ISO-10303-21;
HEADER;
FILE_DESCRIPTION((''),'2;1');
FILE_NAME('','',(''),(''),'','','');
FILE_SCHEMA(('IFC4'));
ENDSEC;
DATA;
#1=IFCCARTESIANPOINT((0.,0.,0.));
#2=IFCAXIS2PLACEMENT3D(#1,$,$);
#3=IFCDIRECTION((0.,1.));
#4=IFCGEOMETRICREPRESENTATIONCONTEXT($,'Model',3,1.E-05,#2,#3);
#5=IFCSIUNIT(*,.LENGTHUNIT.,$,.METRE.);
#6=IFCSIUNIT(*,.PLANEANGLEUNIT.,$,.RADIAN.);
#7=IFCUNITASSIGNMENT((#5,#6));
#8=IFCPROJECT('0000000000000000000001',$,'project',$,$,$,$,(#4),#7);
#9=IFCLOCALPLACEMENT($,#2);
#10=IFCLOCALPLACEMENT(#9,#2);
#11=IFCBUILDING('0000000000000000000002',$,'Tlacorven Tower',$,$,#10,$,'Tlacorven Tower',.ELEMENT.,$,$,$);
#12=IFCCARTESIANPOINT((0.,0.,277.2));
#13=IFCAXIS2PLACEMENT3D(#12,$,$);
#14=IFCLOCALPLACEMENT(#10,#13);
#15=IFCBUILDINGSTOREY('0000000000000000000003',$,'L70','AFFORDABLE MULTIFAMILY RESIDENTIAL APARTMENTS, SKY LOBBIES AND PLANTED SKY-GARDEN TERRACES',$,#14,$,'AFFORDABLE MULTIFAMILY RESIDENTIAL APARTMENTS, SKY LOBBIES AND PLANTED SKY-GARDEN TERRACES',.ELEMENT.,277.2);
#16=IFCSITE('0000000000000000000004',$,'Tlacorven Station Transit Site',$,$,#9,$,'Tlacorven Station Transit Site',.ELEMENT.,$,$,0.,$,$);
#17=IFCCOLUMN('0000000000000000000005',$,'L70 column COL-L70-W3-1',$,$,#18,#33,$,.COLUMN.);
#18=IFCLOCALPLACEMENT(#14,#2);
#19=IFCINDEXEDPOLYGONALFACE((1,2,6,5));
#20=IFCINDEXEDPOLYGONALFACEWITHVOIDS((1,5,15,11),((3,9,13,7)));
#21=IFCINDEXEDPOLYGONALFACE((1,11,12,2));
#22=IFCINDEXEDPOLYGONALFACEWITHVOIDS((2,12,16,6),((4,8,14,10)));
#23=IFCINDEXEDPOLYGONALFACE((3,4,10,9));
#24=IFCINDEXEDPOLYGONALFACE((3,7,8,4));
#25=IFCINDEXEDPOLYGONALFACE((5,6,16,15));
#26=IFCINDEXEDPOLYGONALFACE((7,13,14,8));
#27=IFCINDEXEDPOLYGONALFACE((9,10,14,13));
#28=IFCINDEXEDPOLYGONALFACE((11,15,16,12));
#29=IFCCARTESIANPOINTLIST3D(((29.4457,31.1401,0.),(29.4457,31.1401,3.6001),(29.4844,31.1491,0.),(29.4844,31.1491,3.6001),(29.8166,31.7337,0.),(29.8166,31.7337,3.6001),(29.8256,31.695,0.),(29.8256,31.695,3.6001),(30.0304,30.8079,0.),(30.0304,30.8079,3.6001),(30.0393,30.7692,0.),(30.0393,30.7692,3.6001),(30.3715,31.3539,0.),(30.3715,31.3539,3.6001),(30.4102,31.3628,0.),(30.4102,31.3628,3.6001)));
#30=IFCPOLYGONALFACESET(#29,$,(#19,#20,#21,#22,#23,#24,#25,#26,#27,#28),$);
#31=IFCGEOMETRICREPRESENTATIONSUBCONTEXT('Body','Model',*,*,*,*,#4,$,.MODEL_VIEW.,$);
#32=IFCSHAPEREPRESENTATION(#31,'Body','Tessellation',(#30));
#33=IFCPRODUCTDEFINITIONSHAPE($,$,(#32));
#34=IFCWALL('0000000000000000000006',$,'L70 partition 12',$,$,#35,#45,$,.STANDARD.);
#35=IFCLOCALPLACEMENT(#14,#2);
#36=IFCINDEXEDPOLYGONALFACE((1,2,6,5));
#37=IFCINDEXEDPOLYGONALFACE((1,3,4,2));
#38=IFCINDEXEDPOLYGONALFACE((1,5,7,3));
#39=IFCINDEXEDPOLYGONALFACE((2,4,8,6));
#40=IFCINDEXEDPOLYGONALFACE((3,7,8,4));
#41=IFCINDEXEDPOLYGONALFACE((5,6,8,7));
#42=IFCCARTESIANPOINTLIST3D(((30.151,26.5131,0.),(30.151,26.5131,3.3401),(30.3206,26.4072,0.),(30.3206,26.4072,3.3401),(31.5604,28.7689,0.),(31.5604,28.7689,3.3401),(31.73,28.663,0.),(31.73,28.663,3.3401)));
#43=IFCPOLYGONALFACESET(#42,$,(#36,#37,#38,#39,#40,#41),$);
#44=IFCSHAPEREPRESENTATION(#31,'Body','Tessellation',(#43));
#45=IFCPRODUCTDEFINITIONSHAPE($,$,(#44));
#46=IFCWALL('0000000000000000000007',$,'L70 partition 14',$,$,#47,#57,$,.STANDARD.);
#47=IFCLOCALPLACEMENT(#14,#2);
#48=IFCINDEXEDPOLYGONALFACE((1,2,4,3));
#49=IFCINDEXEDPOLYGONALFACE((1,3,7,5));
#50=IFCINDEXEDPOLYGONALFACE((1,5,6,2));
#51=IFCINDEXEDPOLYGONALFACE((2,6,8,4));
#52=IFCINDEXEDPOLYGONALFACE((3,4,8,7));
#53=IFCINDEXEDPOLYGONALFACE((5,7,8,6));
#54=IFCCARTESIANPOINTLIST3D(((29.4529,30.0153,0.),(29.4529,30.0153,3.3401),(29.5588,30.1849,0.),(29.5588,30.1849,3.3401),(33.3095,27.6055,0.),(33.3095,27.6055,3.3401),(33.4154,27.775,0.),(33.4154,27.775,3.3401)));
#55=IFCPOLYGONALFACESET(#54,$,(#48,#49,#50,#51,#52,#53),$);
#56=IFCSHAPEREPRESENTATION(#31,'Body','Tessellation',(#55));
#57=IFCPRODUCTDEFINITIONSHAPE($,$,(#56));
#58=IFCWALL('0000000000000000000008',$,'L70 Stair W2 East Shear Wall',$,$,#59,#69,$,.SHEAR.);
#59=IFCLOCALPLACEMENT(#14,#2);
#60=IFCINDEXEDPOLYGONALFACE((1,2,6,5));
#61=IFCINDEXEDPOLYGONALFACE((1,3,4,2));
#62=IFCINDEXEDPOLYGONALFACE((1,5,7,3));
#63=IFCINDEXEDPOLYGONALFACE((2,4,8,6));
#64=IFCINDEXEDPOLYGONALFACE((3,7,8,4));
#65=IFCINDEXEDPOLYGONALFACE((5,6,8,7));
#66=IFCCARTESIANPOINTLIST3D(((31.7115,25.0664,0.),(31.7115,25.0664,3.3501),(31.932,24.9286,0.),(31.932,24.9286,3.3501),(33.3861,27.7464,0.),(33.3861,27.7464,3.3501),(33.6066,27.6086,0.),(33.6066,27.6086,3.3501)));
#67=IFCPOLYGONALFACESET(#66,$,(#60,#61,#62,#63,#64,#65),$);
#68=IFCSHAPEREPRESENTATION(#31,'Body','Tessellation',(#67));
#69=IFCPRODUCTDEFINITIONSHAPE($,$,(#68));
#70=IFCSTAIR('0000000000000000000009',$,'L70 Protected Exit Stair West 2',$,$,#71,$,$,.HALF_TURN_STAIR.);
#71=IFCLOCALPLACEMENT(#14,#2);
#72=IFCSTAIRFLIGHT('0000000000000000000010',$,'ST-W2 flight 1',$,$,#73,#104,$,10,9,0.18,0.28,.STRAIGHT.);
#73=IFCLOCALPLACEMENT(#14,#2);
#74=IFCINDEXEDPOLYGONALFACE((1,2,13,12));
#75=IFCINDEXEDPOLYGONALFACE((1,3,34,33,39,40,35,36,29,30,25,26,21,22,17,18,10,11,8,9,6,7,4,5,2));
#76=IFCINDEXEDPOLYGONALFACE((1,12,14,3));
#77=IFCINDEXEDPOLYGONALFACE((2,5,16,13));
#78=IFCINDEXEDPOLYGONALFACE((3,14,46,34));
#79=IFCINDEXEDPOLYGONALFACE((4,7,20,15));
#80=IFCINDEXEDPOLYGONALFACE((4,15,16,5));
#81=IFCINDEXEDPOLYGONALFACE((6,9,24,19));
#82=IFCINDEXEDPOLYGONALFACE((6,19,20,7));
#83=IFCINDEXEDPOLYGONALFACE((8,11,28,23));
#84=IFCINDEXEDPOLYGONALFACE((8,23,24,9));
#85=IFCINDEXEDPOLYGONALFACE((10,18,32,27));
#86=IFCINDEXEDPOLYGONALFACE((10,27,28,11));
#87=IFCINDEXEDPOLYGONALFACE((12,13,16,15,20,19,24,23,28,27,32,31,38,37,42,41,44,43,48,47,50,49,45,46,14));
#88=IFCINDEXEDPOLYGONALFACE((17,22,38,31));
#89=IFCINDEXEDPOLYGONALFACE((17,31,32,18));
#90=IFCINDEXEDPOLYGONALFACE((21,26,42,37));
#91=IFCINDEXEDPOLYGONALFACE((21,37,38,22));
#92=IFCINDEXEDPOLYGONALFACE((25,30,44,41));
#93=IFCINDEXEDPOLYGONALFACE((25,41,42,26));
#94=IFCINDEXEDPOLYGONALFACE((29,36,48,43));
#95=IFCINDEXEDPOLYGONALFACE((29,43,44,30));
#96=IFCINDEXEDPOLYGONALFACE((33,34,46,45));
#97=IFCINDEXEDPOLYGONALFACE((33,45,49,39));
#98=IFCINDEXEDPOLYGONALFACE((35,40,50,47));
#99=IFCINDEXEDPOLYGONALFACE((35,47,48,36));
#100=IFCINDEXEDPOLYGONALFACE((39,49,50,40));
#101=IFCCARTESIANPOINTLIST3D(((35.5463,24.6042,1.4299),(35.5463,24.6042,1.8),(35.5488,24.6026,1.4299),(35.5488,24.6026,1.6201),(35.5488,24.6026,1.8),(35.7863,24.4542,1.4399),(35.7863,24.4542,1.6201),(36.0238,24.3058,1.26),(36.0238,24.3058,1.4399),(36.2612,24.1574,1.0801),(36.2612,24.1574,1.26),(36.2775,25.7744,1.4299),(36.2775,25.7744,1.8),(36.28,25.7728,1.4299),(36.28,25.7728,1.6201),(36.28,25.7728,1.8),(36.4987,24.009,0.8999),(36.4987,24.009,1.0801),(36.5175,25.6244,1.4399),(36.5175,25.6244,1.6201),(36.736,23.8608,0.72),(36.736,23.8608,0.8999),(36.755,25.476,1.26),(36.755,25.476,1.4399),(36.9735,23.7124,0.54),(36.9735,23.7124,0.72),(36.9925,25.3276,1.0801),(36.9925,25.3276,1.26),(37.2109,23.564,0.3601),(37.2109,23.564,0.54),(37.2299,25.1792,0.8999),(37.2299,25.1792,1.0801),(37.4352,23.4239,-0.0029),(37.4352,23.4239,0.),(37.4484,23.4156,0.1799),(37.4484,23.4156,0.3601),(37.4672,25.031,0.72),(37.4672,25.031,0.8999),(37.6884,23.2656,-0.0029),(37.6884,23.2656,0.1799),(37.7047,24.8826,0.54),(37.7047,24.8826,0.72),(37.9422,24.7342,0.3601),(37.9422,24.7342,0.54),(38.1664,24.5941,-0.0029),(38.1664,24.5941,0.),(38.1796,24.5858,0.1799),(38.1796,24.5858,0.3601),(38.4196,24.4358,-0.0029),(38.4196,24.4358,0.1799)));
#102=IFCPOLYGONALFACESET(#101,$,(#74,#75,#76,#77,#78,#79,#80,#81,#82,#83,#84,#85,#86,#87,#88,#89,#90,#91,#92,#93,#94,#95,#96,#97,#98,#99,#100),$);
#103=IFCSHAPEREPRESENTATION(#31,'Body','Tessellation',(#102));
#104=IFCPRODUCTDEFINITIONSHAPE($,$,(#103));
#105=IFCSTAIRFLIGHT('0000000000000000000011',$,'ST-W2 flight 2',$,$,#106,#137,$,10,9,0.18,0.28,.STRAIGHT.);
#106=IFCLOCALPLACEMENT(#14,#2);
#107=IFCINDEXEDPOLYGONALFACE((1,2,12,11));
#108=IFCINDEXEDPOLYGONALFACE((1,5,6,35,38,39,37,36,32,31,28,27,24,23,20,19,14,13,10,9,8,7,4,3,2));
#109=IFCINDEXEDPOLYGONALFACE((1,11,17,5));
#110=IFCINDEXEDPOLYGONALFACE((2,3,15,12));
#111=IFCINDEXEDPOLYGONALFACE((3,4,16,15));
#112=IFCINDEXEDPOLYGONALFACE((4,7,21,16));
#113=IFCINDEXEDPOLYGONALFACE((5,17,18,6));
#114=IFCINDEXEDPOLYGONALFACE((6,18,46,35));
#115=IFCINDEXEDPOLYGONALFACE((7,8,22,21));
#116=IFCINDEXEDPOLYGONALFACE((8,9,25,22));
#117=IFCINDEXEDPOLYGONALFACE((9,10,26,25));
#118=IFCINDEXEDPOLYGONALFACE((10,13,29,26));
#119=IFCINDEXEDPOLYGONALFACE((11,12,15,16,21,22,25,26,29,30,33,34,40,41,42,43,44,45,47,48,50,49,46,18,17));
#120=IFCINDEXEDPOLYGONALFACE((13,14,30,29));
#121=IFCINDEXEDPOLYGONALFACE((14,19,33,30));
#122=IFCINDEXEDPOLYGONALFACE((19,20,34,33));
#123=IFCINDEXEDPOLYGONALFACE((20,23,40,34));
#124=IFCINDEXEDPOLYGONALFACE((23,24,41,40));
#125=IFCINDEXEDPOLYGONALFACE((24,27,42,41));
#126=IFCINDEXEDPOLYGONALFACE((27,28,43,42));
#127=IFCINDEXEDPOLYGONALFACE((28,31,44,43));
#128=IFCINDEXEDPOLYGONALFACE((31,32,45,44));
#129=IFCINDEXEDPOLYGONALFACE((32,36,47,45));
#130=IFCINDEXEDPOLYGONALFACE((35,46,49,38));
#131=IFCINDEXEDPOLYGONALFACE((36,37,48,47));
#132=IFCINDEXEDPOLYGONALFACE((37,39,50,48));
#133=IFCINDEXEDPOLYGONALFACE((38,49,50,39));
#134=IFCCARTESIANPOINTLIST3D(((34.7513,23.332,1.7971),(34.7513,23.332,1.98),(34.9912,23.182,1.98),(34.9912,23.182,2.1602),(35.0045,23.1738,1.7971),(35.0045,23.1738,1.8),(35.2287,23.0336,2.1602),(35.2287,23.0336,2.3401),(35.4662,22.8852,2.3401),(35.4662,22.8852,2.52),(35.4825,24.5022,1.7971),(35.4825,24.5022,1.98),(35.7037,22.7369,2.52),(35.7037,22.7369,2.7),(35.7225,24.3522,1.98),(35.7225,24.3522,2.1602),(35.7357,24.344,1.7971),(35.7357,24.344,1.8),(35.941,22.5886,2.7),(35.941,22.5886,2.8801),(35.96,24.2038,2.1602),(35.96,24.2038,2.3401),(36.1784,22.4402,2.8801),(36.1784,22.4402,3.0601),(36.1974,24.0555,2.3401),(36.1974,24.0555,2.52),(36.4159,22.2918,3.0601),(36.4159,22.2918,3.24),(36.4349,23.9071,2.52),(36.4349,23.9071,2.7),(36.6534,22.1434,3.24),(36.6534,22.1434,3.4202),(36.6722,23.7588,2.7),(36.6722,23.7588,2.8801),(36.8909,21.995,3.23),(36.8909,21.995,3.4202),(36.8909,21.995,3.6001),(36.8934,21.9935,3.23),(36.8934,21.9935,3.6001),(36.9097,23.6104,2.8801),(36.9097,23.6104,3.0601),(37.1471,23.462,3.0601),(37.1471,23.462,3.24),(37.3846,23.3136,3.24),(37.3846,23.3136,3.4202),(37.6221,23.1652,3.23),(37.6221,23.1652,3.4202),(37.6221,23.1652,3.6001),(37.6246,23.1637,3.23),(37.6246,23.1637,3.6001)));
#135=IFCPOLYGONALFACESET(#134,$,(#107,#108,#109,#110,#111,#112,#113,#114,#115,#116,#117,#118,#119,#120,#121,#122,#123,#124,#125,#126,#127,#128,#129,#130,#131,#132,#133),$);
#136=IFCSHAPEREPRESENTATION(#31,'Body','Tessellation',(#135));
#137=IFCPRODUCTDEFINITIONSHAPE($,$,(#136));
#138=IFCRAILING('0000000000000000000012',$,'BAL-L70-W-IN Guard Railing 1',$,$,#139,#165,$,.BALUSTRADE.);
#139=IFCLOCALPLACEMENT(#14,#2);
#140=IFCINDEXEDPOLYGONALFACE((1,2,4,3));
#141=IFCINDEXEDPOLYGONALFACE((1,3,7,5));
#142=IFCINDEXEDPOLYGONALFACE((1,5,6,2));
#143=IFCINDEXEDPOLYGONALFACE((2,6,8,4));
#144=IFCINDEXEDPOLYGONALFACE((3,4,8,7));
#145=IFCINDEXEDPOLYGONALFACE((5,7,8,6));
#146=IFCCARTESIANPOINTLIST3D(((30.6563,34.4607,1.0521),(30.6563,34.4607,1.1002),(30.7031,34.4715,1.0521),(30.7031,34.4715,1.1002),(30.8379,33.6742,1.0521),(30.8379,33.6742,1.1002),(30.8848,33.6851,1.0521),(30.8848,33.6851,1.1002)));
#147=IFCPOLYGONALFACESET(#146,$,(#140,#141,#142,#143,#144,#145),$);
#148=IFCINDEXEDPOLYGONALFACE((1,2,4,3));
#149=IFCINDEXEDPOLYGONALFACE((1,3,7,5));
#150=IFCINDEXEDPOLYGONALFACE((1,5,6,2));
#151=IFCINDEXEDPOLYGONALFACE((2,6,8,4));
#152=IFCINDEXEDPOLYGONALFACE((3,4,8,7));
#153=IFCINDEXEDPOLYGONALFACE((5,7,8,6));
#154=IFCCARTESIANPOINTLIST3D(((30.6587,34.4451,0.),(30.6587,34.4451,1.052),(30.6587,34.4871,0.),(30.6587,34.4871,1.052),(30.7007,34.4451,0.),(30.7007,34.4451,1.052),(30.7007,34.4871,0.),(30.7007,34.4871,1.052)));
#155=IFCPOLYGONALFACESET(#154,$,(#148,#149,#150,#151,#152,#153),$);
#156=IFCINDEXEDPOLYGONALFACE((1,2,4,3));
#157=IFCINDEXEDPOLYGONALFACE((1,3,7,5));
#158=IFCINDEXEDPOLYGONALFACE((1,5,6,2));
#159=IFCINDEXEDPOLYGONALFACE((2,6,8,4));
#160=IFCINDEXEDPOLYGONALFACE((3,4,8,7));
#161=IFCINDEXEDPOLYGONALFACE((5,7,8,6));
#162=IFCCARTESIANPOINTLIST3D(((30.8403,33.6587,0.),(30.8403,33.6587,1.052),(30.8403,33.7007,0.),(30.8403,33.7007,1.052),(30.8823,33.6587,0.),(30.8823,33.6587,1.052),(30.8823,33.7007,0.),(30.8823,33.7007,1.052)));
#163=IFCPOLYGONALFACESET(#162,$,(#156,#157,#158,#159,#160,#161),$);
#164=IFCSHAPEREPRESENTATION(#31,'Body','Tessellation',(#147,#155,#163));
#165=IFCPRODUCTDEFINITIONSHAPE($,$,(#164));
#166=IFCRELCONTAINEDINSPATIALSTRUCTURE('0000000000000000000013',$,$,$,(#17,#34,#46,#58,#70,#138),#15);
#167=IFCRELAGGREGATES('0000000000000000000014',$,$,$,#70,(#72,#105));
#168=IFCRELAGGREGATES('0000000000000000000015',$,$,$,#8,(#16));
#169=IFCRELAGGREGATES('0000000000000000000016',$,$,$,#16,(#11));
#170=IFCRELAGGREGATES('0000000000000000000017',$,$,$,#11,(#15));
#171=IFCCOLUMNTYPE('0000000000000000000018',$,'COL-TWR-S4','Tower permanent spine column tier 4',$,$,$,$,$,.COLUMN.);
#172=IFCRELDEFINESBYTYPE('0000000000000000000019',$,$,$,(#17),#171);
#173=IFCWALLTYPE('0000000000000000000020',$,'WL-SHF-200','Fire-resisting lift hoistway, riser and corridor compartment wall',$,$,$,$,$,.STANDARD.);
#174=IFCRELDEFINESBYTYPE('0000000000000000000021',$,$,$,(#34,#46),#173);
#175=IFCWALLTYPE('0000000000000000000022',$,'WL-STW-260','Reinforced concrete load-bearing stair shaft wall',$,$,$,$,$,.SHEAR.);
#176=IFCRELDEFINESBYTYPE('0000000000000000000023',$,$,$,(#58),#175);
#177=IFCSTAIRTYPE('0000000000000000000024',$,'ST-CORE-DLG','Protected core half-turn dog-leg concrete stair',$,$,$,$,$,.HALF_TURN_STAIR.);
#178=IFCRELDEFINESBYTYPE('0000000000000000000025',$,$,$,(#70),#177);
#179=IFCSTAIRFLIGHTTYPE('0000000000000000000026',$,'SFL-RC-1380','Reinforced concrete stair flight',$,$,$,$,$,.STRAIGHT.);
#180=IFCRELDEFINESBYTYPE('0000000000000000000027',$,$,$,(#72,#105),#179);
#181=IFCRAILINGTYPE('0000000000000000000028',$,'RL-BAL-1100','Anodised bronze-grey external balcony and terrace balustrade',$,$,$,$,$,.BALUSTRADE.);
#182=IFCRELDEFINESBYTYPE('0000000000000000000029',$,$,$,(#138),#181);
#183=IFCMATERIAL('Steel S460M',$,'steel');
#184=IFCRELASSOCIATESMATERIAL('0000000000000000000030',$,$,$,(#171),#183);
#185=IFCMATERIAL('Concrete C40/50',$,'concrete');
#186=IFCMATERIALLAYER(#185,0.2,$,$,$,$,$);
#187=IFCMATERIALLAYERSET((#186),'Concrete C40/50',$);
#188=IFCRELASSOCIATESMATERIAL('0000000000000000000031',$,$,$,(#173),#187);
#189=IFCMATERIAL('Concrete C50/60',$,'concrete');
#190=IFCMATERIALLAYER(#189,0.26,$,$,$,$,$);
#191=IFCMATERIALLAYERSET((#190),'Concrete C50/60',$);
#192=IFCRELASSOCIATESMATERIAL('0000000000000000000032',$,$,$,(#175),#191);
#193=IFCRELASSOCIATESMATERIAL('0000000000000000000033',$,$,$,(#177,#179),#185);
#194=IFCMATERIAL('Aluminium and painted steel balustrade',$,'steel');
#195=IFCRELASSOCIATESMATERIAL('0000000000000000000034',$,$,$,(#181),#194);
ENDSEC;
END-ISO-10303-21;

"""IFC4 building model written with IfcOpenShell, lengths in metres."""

from ifc_helpers import new_model, si_unit, direction, frame, frame_2d, origin, origin_2d, place, context, subcontext, project, spatial, polyline, rectangle, hollow_rectangle, outline, extrude, source, transform, mapped, material, layer, layer_set, material_profile, profile_set, type_object, element, aggregate, save


model = new_model("IFC4")

# Units and contexts
model_context = context("Model", 3, precision=1e-05, world=origin(), true_north=direction((0.0, 1.0)))
body_context = subcontext(model_context, "Body", "Model", "MODEL_VIEW")
ifc_project = project(units=[si_unit("LENGTHUNIT", "METRE"), si_unit("PLANEANGLEUNIT", "RADIAN")], contexts=[model_context])

# Site, building, storey
site_placement = place(None, origin())
site = spatial("IfcSite", under=ifc_project, at=site_placement, Name="Tlacorven Station Transit Site", LongName="Tlacorven Station Transit Site", CompositionType="ELEMENT", RefElevation=0.0)
building_placement = place(site_placement, origin())
building = spatial("IfcBuilding", under=site, at=building_placement, Name="Tlacorven Tower", LongName="Tlacorven Tower", CompositionType="ELEMENT")
storey_placement = place(building_placement, frame((0.0, 0.0, 277.2)))
storey = spatial("IfcBuildingStorey", under=building, at=storey_placement, Name="L70", Description="AFFORDABLE MULTIFAMILY RESIDENTIAL APARTMENTS, SKY LOBBIES AND PLANTED SKY-GARDEN TERRACES", LongName="AFFORDABLE MULTIFAMILY RESIDENTIAL APARTMENTS, SKY LOBBIES AND PLANTED SKY-GARDEN TERRACES", CompositionType="ELEMENT", Elevation=277.2)

# Column
ifc_material_1 = material(Name="Steel S460M", Category="steel")
ifc_material_profile = material_profile(ifc_material_1, hollow_rectangle(XDim=0.7, YDim=0.7, WallThickness=0.0281, at=origin_2d()), Name="BOX 700X700X28")
ifc_profile_set = profile_set([ifc_material_profile], Name="Steel S460M")
column_type = type_object("IfcColumnType", Name="COL-TWR-S4", Description="Tower permanent spine column tier 4", PredefinedType="COLUMN", material=ifc_profile_set)
shared_shape_1 = source(origin(), body_context, "Body", "SweptSolid", [
    extrude(hollow_rectangle(XDim=0.7, YDim=0.7, WallThickness=0.0281, at=origin_2d()), origin(), (0.0, 0.0, 1.0), 3.6001),
])
column_placement = place(storey_placement, frame((29.928, 31.2515, 0.0), z_axis=(0.0, 0.0, 1.0), x_axis=(-0.848048, 0.529919, 0.0)))
element("IfcColumn", 1, at=column_placement, inside=storey, type_object=column_type, Name="L70 column COL-L70-W3-1", PredefinedType="COLUMN", context=body_context, shape_type="MappedRepresentation", body=[
    mapped(shared_shape_1, transform((0.0, 0.0, 0.0), scale=1.0)),
])

# Shared definitions
ifc_material_2 = material(Name="Concrete C40/50", Category="concrete")
ifc_layer_1 = layer(ifc_material_2, 0.2)
ifc_layer_set_1 = layer_set([ifc_layer_1], Name="Concrete C40/50")
wall_type_1 = type_object("IfcWallType", Name="WL-SHF-200", Description="Fire-resisting lift hoistway, riser and corridor compartment wall", PredefinedType="STANDARD", material=ifc_layer_set_1)

# Walls
wall_1_placement = place(storey_placement, frame((31.6453, 28.7161, 0.0), z_axis=(0.0, 0.0, 1.0), x_axis=(-0.529867, -0.848081, 0.0)))
element("IfcWall", 2, at=wall_1_placement, inside=storey, type_object=wall_type_1, Name="L70 partition 12", PredefinedType="STANDARD", context=body_context, shape_type="SweptSolid", body=[
    extrude(rectangle(XDim=2.6599, YDim=0.2, at=frame_2d((1.3301, 0.0))), origin(), (0.0, 0.0, 1.0), 3.3401),
])
wall_2_placement = place(storey_placement, frame((33.3625, 27.6902, 0.0), z_axis=(0.0, 0.0, 1.0), x_axis=(-0.84805, 0.529917, 0.0)))
element("IfcWall", 3, at=wall_2_placement, inside=storey, type_object=wall_type_1, Name="L70 partition 14", PredefinedType="STANDARD", context=body_context, shape_type="SweptSolid", body=[
    extrude(rectangle(XDim=4.5476, YDim=0.2, at=frame_2d((2.2739, 0.0))), origin(), (0.0, 0.0, 1.0), 3.3401),
])
ifc_material_3 = material(Name="Concrete C50/60", Category="concrete")
ifc_layer_2 = layer(ifc_material_3, 0.26)
ifc_layer_set_2 = layer_set([ifc_layer_2], Name="Concrete C50/60")
wall_type_2 = type_object("IfcWallType", Name="WL-STW-260", Description="Reinforced concrete load-bearing stair shaft wall", PredefinedType="SHEAR", material=ifc_layer_set_2)
wall_3_placement = place(storey_placement, frame((33.4963, 27.6775, 0.0), z_axis=(0.0, 0.0, 1.0), x_axis=(-0.529909, -0.848055, 0.0)))
element("IfcWall", 4, at=wall_3_placement, inside=storey, type_object=wall_type_2, Name="L70 Stair W2 East Shear Wall", PredefinedType="SHEAR", context=body_context, shape_type="SweptSolid", body=[
    extrude(rectangle(XDim=3.1602, YDim=0.26, at=frame_2d((1.5801, 0.0))), origin(), (0.0, 0.0, 1.0), 3.3501),
])

# Stair, stair flights
stair_type = type_object("IfcStairType", Name="ST-CORE-DLG", Description="Protected core half-turn dog-leg concrete stair", PredefinedType="HALF_TURN_STAIR", material=ifc_material_2)
stair_placement = place(storey_placement, origin())
stair = element("IfcStair", 5, at=stair_placement, inside=storey, type_object=stair_type, Name="L70 Protected Exit Stair West 2", PredefinedType="HALF_TURN_STAIR")
stair_flight_type = type_object("IfcStairFlightType", Name="SFL-RC-1380", Description="Reinforced concrete stair flight", PredefinedType="STRAIGHT", material=ifc_material_2)
shared_shape_2 = source(origin(), body_context, "Body", "SweptSolid", [
    extrude(outline(polyline([(-0.0029, -0.0029), (-0.0029, 0.1799), (0.28, 0.1799), (0.28, 0.3601), (0.5601, 0.3601), (0.5601, 0.54), (0.8401, 0.54), (0.8401, 0.72), (1.1201, 0.72), (1.1201, 0.8999), (1.3999, 0.8999), (1.3999, 1.0801), (1.6799, 1.0801), (1.6799, 1.26), (1.96, 1.26), (1.96, 1.4399), (2.24, 1.4399), (2.24, 1.6201), (2.52, 1.6201), (2.52, 1.8), (2.5229, 1.8), (2.5229, 1.4299), (2.52, 1.4299), (0.2957, 0.0), (0.2957, -0.0029), (-0.0029, -0.0029)])), frame((0.0, 0.6899, 0.0), z_axis=(0.0, -1.0, 0.0), x_axis=(1.0, 0.0, 0.0)), (0.0, 0.0, 1.0), 1.3799),
])
stair_flight_1_placement = place(storey_placement, frame((38.0515, 23.8523, 0.0), z_axis=(0.0, 0.0, 1.0), x_axis=(-0.848048, 0.529919, 0.0)))
stair_flight_1 = element("IfcStairFlight", 6, at=stair_flight_1_placement, type_object=stair_flight_type, Name="ST-W2 flight 1", NumberOfRisers=10, NumberOfTreads=9, PredefinedType="STRAIGHT", RiserHeight=0.18, TreadLength=0.28, context=body_context, shape_type="MappedRepresentation", body=[
    mapped(shared_shape_2, transform((0.0, 0.0, 0.0), scale=1.0)),
])
stair_flight_2_placement = place(storey_placement, frame((35.1194, 23.9155, 1.8), z_axis=(0.0, 0.0, 1.0), x_axis=(0.848048, -0.529919, 0.0)))
stair_flight_2 = element("IfcStairFlight", 7, at=stair_flight_2_placement, type_object=stair_flight_type, Name="ST-W2 flight 2", NumberOfRisers=10, NumberOfTreads=9, PredefinedType="STRAIGHT", RiserHeight=0.18, TreadLength=0.28, context=body_context, shape_type="MappedRepresentation", body=[
    mapped(shared_shape_2, transform((0.0, 0.0, 0.0), scale=1.0)),
])
aggregate(stair, [stair_flight_1, stair_flight_2])

# Railing
ifc_material_4 = material(Name="Aluminium and painted steel balustrade", Category="steel")
railing_type_1 = type_object("IfcRailingType", Name="RL-BAL-1100", Description="Anodised bronze-grey external balcony and terrace balustrade", PredefinedType="BALUSTRADE", material=ifc_material_4)
shared_shape_3 = source(origin(), body_context, "Body", "SweptSolid", [
    extrude(rectangle(XDim=0.0481, YDim=0.0481, at=origin_2d()), frame((0.0, 0.0, 1.0762), z_axis=(0.225058, -0.974345, 0.0), x_axis=(0.974345, 0.225058, 0.0)), (0.0, 0.0, 1.0), 0.8071),
    extrude(rectangle(XDim=0.042, YDim=0.042, at=origin_2d()), origin(), (0.0, 0.0, 1.0), 1.052),
    extrude(rectangle(XDim=0.042, YDim=0.042, at=origin_2d()), frame((0.1816, -0.7864, 0.0)), (0.0, 0.0, 1.0), 1.052),
])
railing_1_placement = place(storey_placement, frame((30.6797, 34.4661, 0.0)))
element("IfcRailing", 8, at=railing_1_placement, inside=storey, type_object=railing_type_1, Name="BAL-L70-W-IN Guard Railing 1", PredefinedType="BALUSTRADE", context=body_context, shape_type="MappedRepresentation", body=[
    mapped(shared_shape_3, transform((0.0, 0.0, 0.0), scale=1.0)),
])

save(model, "model.ifc")
